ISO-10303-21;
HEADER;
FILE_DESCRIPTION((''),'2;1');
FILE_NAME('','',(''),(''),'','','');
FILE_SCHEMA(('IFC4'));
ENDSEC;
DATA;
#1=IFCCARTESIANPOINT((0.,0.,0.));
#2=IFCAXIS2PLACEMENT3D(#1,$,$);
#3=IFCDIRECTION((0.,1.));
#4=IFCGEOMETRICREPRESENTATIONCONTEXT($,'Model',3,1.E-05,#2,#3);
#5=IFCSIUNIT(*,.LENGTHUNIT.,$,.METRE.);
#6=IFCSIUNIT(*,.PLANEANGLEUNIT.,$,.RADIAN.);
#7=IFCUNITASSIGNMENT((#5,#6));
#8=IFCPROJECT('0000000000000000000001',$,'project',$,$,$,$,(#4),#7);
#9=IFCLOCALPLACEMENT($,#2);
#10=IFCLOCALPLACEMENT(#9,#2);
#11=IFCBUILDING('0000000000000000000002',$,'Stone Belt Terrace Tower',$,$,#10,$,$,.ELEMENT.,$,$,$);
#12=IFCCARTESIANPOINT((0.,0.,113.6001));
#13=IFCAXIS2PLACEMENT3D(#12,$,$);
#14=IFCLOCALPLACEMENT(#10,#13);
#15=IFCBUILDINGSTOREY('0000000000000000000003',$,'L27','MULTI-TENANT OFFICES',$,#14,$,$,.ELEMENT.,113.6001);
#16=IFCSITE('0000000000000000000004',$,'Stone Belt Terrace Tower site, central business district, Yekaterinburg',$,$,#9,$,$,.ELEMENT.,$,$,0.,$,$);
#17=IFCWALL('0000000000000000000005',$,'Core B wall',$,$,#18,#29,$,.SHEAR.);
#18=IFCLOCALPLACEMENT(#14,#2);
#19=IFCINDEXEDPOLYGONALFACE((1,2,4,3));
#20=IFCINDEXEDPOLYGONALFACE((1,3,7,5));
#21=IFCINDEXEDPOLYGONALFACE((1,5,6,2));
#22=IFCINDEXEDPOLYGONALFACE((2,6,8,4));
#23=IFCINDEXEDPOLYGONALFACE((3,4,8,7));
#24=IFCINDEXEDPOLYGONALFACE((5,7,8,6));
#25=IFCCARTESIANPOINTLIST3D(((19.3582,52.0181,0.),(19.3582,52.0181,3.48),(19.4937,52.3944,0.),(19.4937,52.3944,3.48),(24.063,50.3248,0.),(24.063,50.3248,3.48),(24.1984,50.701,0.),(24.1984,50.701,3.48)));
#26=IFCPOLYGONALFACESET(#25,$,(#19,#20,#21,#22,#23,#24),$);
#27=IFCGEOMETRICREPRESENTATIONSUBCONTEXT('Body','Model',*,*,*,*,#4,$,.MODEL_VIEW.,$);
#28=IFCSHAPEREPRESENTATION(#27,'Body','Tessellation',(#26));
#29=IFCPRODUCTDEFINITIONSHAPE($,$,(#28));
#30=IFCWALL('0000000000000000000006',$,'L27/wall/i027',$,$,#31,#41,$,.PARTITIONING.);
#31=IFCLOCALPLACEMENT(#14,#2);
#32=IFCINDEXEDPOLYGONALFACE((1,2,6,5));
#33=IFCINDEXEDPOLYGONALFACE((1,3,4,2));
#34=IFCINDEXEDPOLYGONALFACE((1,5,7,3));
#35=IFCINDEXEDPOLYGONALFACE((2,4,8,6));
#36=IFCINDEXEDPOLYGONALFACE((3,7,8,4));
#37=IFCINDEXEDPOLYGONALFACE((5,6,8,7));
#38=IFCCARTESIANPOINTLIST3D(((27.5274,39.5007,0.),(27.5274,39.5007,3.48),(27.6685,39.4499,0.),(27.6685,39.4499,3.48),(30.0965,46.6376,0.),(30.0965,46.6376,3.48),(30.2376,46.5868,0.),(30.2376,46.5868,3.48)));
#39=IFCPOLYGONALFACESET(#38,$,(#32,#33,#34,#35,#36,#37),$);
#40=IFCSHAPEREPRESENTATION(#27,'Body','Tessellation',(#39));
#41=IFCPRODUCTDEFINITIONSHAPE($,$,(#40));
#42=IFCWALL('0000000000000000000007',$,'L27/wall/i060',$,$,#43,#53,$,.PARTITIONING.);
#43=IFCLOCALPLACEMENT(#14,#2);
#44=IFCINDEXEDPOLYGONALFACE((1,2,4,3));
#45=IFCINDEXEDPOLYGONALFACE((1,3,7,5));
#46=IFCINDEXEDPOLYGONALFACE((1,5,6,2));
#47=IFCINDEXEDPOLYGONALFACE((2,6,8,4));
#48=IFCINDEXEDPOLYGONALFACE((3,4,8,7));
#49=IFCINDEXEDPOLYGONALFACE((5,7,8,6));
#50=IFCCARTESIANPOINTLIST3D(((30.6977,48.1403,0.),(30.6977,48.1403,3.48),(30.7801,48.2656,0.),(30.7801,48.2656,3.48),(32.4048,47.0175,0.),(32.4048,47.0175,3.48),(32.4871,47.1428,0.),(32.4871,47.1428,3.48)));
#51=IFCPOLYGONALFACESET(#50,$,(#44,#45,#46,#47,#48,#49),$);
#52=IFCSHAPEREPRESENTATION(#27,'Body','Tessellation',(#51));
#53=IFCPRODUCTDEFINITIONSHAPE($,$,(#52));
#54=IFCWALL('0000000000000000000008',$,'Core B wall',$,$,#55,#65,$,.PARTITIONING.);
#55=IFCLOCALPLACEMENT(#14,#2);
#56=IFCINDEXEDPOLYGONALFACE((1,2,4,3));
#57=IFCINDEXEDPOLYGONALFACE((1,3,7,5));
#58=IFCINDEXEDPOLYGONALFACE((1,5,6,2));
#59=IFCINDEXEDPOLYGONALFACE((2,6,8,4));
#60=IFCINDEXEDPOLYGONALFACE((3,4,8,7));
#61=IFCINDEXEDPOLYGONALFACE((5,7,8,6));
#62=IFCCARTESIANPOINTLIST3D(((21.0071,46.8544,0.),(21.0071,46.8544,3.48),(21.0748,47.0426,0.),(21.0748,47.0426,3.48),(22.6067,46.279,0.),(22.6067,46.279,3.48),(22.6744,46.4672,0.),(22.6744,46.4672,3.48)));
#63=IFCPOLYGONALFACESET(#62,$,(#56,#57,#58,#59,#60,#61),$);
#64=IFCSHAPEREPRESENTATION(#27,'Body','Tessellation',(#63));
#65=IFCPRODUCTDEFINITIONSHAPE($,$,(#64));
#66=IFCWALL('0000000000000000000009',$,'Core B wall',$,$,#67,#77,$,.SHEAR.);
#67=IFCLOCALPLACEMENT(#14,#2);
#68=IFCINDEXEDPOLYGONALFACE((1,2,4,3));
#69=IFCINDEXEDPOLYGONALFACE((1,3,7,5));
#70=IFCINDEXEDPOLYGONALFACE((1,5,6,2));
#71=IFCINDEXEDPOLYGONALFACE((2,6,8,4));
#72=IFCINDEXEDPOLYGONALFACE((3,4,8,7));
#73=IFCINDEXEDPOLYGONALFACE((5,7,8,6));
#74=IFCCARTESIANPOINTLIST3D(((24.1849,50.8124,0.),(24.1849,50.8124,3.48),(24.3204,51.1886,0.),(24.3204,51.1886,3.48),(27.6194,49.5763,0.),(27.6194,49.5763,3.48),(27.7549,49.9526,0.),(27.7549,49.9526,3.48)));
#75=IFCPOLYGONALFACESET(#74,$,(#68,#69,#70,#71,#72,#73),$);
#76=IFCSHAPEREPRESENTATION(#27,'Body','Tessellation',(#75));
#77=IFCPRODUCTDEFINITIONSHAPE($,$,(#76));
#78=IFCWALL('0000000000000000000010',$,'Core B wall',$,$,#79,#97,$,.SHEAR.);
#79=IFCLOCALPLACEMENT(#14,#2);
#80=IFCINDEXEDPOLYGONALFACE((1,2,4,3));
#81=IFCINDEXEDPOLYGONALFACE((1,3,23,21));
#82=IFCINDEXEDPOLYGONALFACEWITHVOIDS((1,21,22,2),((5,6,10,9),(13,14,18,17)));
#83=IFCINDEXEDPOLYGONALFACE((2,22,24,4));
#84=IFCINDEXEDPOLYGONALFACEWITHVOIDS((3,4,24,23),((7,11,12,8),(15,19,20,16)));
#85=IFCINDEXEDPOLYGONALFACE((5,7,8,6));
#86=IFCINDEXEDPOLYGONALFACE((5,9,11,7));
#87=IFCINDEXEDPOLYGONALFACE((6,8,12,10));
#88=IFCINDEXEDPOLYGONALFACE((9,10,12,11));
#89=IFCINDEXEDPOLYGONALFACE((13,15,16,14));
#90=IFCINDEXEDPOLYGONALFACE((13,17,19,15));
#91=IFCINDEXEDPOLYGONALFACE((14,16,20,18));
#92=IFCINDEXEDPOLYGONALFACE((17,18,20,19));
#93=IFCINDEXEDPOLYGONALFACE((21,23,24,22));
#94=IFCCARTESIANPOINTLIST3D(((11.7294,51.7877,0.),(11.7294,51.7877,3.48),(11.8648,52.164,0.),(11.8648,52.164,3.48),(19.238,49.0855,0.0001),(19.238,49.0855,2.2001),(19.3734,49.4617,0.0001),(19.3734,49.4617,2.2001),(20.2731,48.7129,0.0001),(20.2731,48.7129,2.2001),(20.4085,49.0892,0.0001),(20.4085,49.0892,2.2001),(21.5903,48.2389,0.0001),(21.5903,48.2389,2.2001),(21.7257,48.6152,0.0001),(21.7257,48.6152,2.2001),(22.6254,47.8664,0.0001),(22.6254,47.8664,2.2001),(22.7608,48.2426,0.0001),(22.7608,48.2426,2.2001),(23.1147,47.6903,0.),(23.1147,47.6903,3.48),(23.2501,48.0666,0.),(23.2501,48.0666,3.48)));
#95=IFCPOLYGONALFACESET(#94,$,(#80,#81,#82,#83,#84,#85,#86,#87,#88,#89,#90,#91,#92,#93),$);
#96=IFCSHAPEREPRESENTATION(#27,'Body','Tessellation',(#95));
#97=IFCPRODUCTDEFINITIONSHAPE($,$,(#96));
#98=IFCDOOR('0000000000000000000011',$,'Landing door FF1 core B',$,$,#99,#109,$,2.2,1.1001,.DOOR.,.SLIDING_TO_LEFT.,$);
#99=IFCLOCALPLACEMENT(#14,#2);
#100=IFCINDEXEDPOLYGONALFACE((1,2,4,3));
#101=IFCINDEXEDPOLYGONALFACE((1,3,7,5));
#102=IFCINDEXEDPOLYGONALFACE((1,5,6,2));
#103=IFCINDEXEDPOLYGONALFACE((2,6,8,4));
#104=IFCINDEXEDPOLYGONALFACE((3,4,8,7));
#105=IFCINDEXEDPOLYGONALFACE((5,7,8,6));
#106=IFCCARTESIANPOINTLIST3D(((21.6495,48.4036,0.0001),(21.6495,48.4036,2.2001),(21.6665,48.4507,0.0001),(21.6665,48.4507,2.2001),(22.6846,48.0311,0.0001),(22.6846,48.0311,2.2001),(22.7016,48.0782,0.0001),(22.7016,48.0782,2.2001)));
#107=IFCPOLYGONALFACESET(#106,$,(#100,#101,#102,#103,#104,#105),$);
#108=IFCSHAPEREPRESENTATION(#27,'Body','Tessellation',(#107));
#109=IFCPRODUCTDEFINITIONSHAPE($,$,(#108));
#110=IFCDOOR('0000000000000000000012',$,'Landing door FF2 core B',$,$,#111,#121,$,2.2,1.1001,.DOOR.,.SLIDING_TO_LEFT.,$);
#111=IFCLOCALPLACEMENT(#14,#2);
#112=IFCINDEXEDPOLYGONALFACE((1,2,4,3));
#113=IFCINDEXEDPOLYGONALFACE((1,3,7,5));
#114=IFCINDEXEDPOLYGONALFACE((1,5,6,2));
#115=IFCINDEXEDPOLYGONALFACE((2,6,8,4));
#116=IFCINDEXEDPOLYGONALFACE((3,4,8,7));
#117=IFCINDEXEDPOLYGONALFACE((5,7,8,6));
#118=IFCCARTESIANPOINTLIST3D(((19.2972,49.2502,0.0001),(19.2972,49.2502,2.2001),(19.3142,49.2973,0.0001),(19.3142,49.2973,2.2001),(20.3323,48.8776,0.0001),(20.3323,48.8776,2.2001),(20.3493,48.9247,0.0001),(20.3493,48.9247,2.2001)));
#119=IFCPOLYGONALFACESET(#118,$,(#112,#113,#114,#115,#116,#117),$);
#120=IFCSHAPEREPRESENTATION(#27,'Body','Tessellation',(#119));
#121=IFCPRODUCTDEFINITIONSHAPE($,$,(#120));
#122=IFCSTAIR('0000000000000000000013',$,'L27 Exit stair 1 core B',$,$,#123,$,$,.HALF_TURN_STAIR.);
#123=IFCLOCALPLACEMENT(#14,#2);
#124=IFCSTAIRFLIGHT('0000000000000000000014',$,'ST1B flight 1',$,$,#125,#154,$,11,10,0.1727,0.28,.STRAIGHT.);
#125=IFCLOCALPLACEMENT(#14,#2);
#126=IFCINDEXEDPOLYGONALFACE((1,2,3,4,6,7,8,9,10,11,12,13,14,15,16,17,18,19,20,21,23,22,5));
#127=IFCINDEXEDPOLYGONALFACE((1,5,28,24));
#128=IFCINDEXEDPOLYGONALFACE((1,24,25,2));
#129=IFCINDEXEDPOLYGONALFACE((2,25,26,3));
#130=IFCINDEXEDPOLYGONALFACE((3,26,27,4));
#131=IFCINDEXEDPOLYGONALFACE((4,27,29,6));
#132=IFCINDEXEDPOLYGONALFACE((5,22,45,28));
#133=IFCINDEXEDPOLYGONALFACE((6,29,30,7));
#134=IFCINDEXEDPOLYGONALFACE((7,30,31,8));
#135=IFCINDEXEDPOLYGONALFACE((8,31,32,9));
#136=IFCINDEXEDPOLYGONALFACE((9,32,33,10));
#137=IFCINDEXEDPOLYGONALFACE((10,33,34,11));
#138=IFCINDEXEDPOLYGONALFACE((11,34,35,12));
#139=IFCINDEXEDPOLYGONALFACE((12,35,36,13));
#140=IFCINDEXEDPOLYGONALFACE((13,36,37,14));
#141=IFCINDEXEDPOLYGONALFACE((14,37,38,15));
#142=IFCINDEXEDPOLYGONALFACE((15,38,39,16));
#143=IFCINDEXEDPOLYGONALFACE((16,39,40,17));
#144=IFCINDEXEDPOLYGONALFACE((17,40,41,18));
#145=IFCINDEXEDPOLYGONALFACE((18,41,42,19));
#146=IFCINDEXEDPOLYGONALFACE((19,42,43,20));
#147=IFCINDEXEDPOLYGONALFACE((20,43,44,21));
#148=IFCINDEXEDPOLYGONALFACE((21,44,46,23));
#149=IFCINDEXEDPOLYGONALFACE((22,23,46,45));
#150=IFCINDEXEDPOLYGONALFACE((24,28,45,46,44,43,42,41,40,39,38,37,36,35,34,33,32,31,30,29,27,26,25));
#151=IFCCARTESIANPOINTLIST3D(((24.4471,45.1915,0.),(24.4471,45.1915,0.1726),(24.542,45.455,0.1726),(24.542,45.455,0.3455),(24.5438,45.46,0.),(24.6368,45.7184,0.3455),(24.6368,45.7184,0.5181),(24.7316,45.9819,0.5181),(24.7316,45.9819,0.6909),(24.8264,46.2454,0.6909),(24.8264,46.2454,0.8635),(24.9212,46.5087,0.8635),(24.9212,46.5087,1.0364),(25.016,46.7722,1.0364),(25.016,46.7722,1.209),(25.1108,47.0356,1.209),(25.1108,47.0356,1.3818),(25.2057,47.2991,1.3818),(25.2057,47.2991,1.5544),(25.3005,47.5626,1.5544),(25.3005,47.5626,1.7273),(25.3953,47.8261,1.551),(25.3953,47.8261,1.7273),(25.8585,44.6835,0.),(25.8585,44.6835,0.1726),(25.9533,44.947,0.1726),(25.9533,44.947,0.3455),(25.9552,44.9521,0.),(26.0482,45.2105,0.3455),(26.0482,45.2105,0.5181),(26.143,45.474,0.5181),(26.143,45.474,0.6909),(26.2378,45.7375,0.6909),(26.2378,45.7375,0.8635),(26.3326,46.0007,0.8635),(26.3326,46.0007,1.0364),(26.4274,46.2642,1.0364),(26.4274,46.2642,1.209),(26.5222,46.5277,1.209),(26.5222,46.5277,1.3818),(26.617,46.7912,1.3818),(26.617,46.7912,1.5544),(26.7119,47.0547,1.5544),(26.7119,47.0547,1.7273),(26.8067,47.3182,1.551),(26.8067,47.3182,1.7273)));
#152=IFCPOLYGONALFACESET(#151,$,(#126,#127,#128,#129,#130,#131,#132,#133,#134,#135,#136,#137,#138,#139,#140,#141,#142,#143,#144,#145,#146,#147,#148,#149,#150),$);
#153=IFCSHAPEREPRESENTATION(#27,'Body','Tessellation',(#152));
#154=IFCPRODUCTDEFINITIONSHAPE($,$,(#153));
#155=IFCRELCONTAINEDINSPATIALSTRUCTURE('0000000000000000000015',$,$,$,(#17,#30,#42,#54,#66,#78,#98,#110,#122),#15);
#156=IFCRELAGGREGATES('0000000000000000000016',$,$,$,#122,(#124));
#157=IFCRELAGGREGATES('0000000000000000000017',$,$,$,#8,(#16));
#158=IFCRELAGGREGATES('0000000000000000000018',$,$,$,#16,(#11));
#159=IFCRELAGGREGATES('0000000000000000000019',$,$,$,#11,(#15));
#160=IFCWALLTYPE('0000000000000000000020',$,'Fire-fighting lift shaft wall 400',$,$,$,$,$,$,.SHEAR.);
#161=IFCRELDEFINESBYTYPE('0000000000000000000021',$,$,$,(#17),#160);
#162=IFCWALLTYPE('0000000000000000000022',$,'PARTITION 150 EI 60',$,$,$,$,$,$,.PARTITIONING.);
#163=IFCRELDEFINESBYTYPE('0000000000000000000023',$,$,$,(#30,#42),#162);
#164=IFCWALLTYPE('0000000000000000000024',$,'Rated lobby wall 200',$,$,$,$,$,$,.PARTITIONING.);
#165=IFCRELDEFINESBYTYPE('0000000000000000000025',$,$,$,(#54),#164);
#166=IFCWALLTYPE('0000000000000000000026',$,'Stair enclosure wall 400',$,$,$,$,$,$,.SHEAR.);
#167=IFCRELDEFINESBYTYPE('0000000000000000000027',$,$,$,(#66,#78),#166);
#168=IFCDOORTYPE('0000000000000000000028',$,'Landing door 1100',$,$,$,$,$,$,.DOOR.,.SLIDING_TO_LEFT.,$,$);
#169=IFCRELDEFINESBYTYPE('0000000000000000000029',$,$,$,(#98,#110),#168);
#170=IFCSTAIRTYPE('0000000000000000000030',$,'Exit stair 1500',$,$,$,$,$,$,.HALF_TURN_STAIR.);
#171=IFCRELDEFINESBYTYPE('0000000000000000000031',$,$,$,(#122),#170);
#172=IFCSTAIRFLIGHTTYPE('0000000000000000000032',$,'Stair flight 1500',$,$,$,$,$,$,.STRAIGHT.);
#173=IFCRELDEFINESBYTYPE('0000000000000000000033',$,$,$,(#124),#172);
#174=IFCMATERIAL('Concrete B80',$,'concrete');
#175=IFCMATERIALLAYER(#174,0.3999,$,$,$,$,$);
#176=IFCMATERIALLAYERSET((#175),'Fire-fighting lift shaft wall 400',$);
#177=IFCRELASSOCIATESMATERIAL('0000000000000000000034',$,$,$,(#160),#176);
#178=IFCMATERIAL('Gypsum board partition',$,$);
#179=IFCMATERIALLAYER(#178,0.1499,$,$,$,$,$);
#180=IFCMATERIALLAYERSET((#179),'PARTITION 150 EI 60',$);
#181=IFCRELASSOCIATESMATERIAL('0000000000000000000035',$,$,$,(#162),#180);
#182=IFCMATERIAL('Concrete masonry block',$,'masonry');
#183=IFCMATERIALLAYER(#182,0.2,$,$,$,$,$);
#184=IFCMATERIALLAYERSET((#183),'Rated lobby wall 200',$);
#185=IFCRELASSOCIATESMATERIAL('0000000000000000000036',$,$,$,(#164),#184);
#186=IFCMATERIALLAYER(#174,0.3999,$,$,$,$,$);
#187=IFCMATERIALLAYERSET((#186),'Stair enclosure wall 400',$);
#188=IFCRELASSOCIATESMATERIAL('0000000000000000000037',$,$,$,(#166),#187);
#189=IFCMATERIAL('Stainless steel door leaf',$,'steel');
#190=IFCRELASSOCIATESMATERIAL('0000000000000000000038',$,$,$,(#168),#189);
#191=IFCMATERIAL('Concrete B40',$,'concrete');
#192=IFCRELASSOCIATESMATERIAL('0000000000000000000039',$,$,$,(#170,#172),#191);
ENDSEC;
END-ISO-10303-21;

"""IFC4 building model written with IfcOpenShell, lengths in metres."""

from ifc_helpers import new_model, si_unit, direction, frame, frame_2d, origin, place, context, subcontext, project, spatial, polyline, rectangle, outline, extrude, material, layer, layer_set, type_object, element, fill, aggregate, save


model = new_model("IFC4")

# Units and contexts
model_context = context("Model", 3, precision=1e-05, world=origin(), true_north=direction((0.0, 1.0)))
body_context = subcontext(model_context, "Body", "Model", "MODEL_VIEW")
ifc_project = project(units=[si_unit("LENGTHUNIT", "METRE"), si_unit("PLANEANGLEUNIT", "RADIAN")], contexts=[model_context])

# Site, building, storey
site_placement = place(None, origin())
site = spatial("IfcSite", under=ifc_project, at=site_placement, Name="Stone Belt Terrace Tower site, central business district, Yekaterinburg", CompositionType="ELEMENT", RefElevation=0.0)
building_placement = place(site_placement, origin())
building = spatial("IfcBuilding", under=site, at=building_placement, Name="Stone Belt Terrace Tower", CompositionType="ELEMENT")
storey_placement = place(building_placement, frame((0.0, 0.0, 113.6001)))
storey = spatial("IfcBuildingStorey", under=building, at=storey_placement, Name="L27", Description="MULTI-TENANT OFFICES", CompositionType="ELEMENT", Elevation=113.6001)

# Walls
ifc_material_1 = material(Name="Concrete B80", Category="concrete")
ifc_layer_1 = layer(ifc_material_1, 0.3999)
ifc_layer_set_1 = layer_set([ifc_layer_1], Name="Fire-fighting lift shaft wall 400")
wall_type_1 = type_object("IfcWallType", Name="Fire-fighting lift shaft wall 400", PredefinedType="SHEAR", material=ifc_layer_set_1)
wall_1_placement = place(storey_placement, frame((24.1306, 50.5129, 0.0), z_axis=(0.0, 0.0, 1.0), x_axis=(-0.940912, 0.338652, 0.0)))
element("IfcWall", 1, at=wall_1_placement, inside=storey, type_object=wall_type_1, Name="Core B wall", PredefinedType="SHEAR", context=body_context, shape_type="SweptSolid", body=[
    extrude(rectangle(XDim=5.0002, YDim=0.3999, at=frame_2d((2.5, 0.0))), origin(), (0.0, 0.0, 1.0), 3.48),
])
ifc_material_2 = material(Name="Gypsum board partition")
ifc_layer_2 = layer(ifc_material_2, 0.1499)
ifc_layer_set_2 = layer_set([ifc_layer_2], Name="PARTITION 150 EI 60")
wall_type_2 = type_object("IfcWallType", Name="PARTITION 150 EI 60", PredefinedType="PARTITIONING", material=ifc_layer_set_2)
wall_2_placement = place(storey_placement, frame((30.167, 46.6121, 0.0), z_axis=(0.0, 0.0, 1.0), x_axis=(-0.338694, -0.940896, 0.0)))
element("IfcWall", 2, at=wall_2_placement, inside=storey, type_object=wall_type_2, Name="L27/wall/i027", PredefinedType="PARTITIONING", context=body_context, shape_type="SweptSolid", body=[
    extrude(rectangle(XDim=7.5852, YDim=0.1499, at=frame_2d((3.7925, 0.0))), origin(), (0.0, 0.0, 1.0), 3.48),
])
wall_3_placement = place(storey_placement, frame((30.739, 48.2029, 0.0), z_axis=(0.0, 0.0, 1.0), x_axis=(0.835472, -0.549533, 0.0)))
element("IfcWall", 3, at=wall_3_placement, inside=storey, type_object=wall_type_2, Name="L27/wall/i060", PredefinedType="PARTITIONING", context=body_context, shape_type="SweptSolid", body=[
    extrude(rectangle(XDim=2.0432, YDim=0.1499, at=frame_2d((1.0215, 0.0))), origin(), (0.0, 0.0, 1.0), 3.48),
])
ifc_material_3 = material(Name="Concrete masonry block", Category="masonry")
ifc_layer_3 = layer(ifc_material_3, 0.2)
ifc_layer_set_3 = layer_set([ifc_layer_3], Name="Rated lobby wall 200")
wall_type_3 = type_object("IfcWallType", Name="Rated lobby wall 200", PredefinedType="PARTITIONING", material=ifc_layer_set_3)
wall_4_placement = place(storey_placement, frame((22.6406, 46.373, 0.0), z_axis=(0.0, 0.0, 1.0), x_axis=(-0.940966, 0.338501, 0.0)))
element("IfcWall", 4, at=wall_4_placement, inside=storey, type_object=wall_type_3, Name="Core B wall", PredefinedType="PARTITIONING", context=body_context, shape_type="SweptSolid", body=[
    extrude(rectangle(XDim=1.7, YDim=0.2, at=frame_2d((0.8501, 0.0))), origin(), (0.0, 0.0, 1.0), 3.48),
])
ifc_layer_4 = layer(ifc_material_1, 0.3999)
ifc_layer_set_4 = layer_set([ifc_layer_4], Name="Stair enclosure wall 400")
wall_type_4 = type_object("IfcWallType", Name="Stair enclosure wall 400", PredefinedType="SHEAR", material=ifc_layer_set_4)
wall_5_placement = place(storey_placement, frame((27.6873, 49.7644, 0.0), z_axis=(0.0, 0.0, 1.0), x_axis=(-0.940919, 0.338632, 0.0)))
element("IfcWall", 5, at=wall_5_placement, inside=storey, type_object=wall_type_4, Name="Core B wall", PredefinedType="SHEAR", context=body_context, shape_type="SweptSolid", body=[
    extrude(rectangle(XDim=3.6501, YDim=0.3999, at=frame_2d((1.8252, 0.0))), origin(), (0.0, 0.0, 1.0), 3.48),
])

# Wall, openings, doors
wall_6_placement = place(storey_placement, frame((23.1824, 47.8784, 0.0), z_axis=(0.0, 0.0, 1.0), x_axis=(-0.940921, 0.338626, 0.0)))
wall_6 = element("IfcWall", 6, at=wall_6_placement, inside=storey, type_object=wall_type_4, Name="Core B wall", PredefinedType="SHEAR", context=body_context, shape_type="SweptSolid", body=[
    extrude(rectangle(XDim=12.1001, YDim=0.3999, at=frame_2d((6.05, 0.0))), origin(), (0.0, 0.0, 1.0), 3.48),
])
opening_1_placement = place(wall_6_placement, frame((0.52, 0.0, 0.0)))
opening_1 = element("IfcOpeningElement", 7, at=opening_1_placement, cuts=wall_6, PredefinedType="OPENING", context=body_context, shape_type="SweptSolid", body=[
    extrude(rectangle(XDim=1.1001, YDim=2.2, at=frame_2d((0.55, 1.1001))), frame((0.0, 0.21, 0.0), z_axis=(0.0, -1.0, 0.0), x_axis=(1.0, 0.0, 0.0)), (0.0, 0.0, 1.0), 0.4199),
])
opening_2_placement = place(wall_6_placement, frame((3.02, 0.0, 0.0)))
opening_2 = element("IfcOpeningElement", 8, at=opening_2_placement, cuts=wall_6, PredefinedType="OPENING", context=body_context, shape_type="SweptSolid", body=[
    extrude(rectangle(XDim=1.1001, YDim=2.2, at=frame_2d((0.55, 1.1001))), frame((0.0, 0.21, 0.0), z_axis=(0.0, -1.0, 0.0), x_axis=(1.0, 0.0, 0.0)), (0.0, 0.0, 1.0), 0.4199),
])
ifc_material_4 = material(Name="Stainless steel door leaf", Category="steel")
door_type = type_object("IfcDoorType", Name="Landing door 1100", OperationType="SLIDING_TO_LEFT", PredefinedType="DOOR", material=ifc_material_4)
door_1_placement = place(opening_1_placement, origin())
door_1 = element("IfcDoor", 9, at=door_1_placement, inside=storey, type_object=door_type, Name="Landing door FF1 core B", OperationType="SLIDING_TO_LEFT", OverallHeight=2.2, OverallWidth=1.1001, PredefinedType="DOOR", context=body_context, shape_type="SweptSolid", body=[
    extrude(rectangle(XDim=1.1001, YDim=2.2, at=frame_2d((0.55, 1.1001))), frame((0.0, 0.0249, 0.0), z_axis=(0.0, -1.0, 0.0), x_axis=(1.0, 0.0, 0.0)), (0.0, 0.0, 1.0), 0.05),
])
fill(opening_1, door_1)
door_2_placement = place(opening_2_placement, origin())
door_2 = element("IfcDoor", 10, at=door_2_placement, inside=storey, type_object=door_type, Name="Landing door FF2 core B", OperationType="SLIDING_TO_LEFT", OverallHeight=2.2, OverallWidth=1.1001, PredefinedType="DOOR", context=body_context, shape_type="SweptSolid", body=[
    extrude(rectangle(XDim=1.1001, YDim=2.2, at=frame_2d((0.55, 1.1001))), frame((0.0, 0.0249, 0.0), z_axis=(0.0, -1.0, 0.0), x_axis=(1.0, 0.0, 0.0)), (0.0, 0.0, 1.0), 0.05),
])
fill(opening_2, door_2)

# Stair, stair flight
ifc_material_5 = material(Name="Concrete B40", Category="concrete")
stair_type = type_object("IfcStairType", Name="Exit stair 1500", PredefinedType="HALF_TURN_STAIR", material=ifc_material_5)
stair_placement = place(storey_placement, origin())
stair = element("IfcStair", 11, at=stair_placement, inside=storey, type_object=stair_type, Name="L27 Exit stair 1 core B", PredefinedType="HALF_TURN_STAIR")
stair_flight_type = type_object("IfcStairFlightType", Name="Stair flight 1500", PredefinedType="STRAIGHT", material=ifc_material_5)
stair_flight_1_placement = place(storey_placement, frame((25.1528, 44.9375, 0.0), z_axis=(0.0, 0.0, 1.0), x_axis=(0.338624, 0.940922, 0.0)))
stair_flight_1 = element("IfcStairFlight", 12, at=stair_flight_1_placement, type_object=stair_flight_type, Name="ST1B flight 1", NumberOfRisers=11, NumberOfTreads=10, PredefinedType="STRAIGHT", RiserHeight=0.1727, TreadLength=0.28, context=body_context, shape_type="SweptSolid", body=[
    extrude(outline(polyline([(0.0, 0.0), (0.0, 0.1726), (0.28, 0.1726), (0.28, 0.3455), (0.5601, 0.3455), (0.5601, 0.5181), (0.8401, 0.5181), (0.8401, 0.6909), (1.1201, 0.6909), (1.1201, 0.8635), (1.3999, 0.8635), (1.3999, 1.0364), (1.6799, 1.0364), (1.6799, 1.209), (1.96, 1.209), (1.96, 1.3818), (2.24, 1.3818), (2.24, 1.5544), (2.52, 1.5544), (2.52, 1.7273), (2.8, 1.7273), (2.8, 1.8999), (2.8, 1.551), (0.2854, 0.0), (0.0, 0.0)])), frame((0.0, 0.75, 0.0), z_axis=(0.0, -1.0, 0.0), x_axis=(1.0, 0.0, 0.0)), (0.0, 0.0, 1.0), 1.5),
])
aggregate(stair, [stair_flight_1])

save(model, "model.ifc")
